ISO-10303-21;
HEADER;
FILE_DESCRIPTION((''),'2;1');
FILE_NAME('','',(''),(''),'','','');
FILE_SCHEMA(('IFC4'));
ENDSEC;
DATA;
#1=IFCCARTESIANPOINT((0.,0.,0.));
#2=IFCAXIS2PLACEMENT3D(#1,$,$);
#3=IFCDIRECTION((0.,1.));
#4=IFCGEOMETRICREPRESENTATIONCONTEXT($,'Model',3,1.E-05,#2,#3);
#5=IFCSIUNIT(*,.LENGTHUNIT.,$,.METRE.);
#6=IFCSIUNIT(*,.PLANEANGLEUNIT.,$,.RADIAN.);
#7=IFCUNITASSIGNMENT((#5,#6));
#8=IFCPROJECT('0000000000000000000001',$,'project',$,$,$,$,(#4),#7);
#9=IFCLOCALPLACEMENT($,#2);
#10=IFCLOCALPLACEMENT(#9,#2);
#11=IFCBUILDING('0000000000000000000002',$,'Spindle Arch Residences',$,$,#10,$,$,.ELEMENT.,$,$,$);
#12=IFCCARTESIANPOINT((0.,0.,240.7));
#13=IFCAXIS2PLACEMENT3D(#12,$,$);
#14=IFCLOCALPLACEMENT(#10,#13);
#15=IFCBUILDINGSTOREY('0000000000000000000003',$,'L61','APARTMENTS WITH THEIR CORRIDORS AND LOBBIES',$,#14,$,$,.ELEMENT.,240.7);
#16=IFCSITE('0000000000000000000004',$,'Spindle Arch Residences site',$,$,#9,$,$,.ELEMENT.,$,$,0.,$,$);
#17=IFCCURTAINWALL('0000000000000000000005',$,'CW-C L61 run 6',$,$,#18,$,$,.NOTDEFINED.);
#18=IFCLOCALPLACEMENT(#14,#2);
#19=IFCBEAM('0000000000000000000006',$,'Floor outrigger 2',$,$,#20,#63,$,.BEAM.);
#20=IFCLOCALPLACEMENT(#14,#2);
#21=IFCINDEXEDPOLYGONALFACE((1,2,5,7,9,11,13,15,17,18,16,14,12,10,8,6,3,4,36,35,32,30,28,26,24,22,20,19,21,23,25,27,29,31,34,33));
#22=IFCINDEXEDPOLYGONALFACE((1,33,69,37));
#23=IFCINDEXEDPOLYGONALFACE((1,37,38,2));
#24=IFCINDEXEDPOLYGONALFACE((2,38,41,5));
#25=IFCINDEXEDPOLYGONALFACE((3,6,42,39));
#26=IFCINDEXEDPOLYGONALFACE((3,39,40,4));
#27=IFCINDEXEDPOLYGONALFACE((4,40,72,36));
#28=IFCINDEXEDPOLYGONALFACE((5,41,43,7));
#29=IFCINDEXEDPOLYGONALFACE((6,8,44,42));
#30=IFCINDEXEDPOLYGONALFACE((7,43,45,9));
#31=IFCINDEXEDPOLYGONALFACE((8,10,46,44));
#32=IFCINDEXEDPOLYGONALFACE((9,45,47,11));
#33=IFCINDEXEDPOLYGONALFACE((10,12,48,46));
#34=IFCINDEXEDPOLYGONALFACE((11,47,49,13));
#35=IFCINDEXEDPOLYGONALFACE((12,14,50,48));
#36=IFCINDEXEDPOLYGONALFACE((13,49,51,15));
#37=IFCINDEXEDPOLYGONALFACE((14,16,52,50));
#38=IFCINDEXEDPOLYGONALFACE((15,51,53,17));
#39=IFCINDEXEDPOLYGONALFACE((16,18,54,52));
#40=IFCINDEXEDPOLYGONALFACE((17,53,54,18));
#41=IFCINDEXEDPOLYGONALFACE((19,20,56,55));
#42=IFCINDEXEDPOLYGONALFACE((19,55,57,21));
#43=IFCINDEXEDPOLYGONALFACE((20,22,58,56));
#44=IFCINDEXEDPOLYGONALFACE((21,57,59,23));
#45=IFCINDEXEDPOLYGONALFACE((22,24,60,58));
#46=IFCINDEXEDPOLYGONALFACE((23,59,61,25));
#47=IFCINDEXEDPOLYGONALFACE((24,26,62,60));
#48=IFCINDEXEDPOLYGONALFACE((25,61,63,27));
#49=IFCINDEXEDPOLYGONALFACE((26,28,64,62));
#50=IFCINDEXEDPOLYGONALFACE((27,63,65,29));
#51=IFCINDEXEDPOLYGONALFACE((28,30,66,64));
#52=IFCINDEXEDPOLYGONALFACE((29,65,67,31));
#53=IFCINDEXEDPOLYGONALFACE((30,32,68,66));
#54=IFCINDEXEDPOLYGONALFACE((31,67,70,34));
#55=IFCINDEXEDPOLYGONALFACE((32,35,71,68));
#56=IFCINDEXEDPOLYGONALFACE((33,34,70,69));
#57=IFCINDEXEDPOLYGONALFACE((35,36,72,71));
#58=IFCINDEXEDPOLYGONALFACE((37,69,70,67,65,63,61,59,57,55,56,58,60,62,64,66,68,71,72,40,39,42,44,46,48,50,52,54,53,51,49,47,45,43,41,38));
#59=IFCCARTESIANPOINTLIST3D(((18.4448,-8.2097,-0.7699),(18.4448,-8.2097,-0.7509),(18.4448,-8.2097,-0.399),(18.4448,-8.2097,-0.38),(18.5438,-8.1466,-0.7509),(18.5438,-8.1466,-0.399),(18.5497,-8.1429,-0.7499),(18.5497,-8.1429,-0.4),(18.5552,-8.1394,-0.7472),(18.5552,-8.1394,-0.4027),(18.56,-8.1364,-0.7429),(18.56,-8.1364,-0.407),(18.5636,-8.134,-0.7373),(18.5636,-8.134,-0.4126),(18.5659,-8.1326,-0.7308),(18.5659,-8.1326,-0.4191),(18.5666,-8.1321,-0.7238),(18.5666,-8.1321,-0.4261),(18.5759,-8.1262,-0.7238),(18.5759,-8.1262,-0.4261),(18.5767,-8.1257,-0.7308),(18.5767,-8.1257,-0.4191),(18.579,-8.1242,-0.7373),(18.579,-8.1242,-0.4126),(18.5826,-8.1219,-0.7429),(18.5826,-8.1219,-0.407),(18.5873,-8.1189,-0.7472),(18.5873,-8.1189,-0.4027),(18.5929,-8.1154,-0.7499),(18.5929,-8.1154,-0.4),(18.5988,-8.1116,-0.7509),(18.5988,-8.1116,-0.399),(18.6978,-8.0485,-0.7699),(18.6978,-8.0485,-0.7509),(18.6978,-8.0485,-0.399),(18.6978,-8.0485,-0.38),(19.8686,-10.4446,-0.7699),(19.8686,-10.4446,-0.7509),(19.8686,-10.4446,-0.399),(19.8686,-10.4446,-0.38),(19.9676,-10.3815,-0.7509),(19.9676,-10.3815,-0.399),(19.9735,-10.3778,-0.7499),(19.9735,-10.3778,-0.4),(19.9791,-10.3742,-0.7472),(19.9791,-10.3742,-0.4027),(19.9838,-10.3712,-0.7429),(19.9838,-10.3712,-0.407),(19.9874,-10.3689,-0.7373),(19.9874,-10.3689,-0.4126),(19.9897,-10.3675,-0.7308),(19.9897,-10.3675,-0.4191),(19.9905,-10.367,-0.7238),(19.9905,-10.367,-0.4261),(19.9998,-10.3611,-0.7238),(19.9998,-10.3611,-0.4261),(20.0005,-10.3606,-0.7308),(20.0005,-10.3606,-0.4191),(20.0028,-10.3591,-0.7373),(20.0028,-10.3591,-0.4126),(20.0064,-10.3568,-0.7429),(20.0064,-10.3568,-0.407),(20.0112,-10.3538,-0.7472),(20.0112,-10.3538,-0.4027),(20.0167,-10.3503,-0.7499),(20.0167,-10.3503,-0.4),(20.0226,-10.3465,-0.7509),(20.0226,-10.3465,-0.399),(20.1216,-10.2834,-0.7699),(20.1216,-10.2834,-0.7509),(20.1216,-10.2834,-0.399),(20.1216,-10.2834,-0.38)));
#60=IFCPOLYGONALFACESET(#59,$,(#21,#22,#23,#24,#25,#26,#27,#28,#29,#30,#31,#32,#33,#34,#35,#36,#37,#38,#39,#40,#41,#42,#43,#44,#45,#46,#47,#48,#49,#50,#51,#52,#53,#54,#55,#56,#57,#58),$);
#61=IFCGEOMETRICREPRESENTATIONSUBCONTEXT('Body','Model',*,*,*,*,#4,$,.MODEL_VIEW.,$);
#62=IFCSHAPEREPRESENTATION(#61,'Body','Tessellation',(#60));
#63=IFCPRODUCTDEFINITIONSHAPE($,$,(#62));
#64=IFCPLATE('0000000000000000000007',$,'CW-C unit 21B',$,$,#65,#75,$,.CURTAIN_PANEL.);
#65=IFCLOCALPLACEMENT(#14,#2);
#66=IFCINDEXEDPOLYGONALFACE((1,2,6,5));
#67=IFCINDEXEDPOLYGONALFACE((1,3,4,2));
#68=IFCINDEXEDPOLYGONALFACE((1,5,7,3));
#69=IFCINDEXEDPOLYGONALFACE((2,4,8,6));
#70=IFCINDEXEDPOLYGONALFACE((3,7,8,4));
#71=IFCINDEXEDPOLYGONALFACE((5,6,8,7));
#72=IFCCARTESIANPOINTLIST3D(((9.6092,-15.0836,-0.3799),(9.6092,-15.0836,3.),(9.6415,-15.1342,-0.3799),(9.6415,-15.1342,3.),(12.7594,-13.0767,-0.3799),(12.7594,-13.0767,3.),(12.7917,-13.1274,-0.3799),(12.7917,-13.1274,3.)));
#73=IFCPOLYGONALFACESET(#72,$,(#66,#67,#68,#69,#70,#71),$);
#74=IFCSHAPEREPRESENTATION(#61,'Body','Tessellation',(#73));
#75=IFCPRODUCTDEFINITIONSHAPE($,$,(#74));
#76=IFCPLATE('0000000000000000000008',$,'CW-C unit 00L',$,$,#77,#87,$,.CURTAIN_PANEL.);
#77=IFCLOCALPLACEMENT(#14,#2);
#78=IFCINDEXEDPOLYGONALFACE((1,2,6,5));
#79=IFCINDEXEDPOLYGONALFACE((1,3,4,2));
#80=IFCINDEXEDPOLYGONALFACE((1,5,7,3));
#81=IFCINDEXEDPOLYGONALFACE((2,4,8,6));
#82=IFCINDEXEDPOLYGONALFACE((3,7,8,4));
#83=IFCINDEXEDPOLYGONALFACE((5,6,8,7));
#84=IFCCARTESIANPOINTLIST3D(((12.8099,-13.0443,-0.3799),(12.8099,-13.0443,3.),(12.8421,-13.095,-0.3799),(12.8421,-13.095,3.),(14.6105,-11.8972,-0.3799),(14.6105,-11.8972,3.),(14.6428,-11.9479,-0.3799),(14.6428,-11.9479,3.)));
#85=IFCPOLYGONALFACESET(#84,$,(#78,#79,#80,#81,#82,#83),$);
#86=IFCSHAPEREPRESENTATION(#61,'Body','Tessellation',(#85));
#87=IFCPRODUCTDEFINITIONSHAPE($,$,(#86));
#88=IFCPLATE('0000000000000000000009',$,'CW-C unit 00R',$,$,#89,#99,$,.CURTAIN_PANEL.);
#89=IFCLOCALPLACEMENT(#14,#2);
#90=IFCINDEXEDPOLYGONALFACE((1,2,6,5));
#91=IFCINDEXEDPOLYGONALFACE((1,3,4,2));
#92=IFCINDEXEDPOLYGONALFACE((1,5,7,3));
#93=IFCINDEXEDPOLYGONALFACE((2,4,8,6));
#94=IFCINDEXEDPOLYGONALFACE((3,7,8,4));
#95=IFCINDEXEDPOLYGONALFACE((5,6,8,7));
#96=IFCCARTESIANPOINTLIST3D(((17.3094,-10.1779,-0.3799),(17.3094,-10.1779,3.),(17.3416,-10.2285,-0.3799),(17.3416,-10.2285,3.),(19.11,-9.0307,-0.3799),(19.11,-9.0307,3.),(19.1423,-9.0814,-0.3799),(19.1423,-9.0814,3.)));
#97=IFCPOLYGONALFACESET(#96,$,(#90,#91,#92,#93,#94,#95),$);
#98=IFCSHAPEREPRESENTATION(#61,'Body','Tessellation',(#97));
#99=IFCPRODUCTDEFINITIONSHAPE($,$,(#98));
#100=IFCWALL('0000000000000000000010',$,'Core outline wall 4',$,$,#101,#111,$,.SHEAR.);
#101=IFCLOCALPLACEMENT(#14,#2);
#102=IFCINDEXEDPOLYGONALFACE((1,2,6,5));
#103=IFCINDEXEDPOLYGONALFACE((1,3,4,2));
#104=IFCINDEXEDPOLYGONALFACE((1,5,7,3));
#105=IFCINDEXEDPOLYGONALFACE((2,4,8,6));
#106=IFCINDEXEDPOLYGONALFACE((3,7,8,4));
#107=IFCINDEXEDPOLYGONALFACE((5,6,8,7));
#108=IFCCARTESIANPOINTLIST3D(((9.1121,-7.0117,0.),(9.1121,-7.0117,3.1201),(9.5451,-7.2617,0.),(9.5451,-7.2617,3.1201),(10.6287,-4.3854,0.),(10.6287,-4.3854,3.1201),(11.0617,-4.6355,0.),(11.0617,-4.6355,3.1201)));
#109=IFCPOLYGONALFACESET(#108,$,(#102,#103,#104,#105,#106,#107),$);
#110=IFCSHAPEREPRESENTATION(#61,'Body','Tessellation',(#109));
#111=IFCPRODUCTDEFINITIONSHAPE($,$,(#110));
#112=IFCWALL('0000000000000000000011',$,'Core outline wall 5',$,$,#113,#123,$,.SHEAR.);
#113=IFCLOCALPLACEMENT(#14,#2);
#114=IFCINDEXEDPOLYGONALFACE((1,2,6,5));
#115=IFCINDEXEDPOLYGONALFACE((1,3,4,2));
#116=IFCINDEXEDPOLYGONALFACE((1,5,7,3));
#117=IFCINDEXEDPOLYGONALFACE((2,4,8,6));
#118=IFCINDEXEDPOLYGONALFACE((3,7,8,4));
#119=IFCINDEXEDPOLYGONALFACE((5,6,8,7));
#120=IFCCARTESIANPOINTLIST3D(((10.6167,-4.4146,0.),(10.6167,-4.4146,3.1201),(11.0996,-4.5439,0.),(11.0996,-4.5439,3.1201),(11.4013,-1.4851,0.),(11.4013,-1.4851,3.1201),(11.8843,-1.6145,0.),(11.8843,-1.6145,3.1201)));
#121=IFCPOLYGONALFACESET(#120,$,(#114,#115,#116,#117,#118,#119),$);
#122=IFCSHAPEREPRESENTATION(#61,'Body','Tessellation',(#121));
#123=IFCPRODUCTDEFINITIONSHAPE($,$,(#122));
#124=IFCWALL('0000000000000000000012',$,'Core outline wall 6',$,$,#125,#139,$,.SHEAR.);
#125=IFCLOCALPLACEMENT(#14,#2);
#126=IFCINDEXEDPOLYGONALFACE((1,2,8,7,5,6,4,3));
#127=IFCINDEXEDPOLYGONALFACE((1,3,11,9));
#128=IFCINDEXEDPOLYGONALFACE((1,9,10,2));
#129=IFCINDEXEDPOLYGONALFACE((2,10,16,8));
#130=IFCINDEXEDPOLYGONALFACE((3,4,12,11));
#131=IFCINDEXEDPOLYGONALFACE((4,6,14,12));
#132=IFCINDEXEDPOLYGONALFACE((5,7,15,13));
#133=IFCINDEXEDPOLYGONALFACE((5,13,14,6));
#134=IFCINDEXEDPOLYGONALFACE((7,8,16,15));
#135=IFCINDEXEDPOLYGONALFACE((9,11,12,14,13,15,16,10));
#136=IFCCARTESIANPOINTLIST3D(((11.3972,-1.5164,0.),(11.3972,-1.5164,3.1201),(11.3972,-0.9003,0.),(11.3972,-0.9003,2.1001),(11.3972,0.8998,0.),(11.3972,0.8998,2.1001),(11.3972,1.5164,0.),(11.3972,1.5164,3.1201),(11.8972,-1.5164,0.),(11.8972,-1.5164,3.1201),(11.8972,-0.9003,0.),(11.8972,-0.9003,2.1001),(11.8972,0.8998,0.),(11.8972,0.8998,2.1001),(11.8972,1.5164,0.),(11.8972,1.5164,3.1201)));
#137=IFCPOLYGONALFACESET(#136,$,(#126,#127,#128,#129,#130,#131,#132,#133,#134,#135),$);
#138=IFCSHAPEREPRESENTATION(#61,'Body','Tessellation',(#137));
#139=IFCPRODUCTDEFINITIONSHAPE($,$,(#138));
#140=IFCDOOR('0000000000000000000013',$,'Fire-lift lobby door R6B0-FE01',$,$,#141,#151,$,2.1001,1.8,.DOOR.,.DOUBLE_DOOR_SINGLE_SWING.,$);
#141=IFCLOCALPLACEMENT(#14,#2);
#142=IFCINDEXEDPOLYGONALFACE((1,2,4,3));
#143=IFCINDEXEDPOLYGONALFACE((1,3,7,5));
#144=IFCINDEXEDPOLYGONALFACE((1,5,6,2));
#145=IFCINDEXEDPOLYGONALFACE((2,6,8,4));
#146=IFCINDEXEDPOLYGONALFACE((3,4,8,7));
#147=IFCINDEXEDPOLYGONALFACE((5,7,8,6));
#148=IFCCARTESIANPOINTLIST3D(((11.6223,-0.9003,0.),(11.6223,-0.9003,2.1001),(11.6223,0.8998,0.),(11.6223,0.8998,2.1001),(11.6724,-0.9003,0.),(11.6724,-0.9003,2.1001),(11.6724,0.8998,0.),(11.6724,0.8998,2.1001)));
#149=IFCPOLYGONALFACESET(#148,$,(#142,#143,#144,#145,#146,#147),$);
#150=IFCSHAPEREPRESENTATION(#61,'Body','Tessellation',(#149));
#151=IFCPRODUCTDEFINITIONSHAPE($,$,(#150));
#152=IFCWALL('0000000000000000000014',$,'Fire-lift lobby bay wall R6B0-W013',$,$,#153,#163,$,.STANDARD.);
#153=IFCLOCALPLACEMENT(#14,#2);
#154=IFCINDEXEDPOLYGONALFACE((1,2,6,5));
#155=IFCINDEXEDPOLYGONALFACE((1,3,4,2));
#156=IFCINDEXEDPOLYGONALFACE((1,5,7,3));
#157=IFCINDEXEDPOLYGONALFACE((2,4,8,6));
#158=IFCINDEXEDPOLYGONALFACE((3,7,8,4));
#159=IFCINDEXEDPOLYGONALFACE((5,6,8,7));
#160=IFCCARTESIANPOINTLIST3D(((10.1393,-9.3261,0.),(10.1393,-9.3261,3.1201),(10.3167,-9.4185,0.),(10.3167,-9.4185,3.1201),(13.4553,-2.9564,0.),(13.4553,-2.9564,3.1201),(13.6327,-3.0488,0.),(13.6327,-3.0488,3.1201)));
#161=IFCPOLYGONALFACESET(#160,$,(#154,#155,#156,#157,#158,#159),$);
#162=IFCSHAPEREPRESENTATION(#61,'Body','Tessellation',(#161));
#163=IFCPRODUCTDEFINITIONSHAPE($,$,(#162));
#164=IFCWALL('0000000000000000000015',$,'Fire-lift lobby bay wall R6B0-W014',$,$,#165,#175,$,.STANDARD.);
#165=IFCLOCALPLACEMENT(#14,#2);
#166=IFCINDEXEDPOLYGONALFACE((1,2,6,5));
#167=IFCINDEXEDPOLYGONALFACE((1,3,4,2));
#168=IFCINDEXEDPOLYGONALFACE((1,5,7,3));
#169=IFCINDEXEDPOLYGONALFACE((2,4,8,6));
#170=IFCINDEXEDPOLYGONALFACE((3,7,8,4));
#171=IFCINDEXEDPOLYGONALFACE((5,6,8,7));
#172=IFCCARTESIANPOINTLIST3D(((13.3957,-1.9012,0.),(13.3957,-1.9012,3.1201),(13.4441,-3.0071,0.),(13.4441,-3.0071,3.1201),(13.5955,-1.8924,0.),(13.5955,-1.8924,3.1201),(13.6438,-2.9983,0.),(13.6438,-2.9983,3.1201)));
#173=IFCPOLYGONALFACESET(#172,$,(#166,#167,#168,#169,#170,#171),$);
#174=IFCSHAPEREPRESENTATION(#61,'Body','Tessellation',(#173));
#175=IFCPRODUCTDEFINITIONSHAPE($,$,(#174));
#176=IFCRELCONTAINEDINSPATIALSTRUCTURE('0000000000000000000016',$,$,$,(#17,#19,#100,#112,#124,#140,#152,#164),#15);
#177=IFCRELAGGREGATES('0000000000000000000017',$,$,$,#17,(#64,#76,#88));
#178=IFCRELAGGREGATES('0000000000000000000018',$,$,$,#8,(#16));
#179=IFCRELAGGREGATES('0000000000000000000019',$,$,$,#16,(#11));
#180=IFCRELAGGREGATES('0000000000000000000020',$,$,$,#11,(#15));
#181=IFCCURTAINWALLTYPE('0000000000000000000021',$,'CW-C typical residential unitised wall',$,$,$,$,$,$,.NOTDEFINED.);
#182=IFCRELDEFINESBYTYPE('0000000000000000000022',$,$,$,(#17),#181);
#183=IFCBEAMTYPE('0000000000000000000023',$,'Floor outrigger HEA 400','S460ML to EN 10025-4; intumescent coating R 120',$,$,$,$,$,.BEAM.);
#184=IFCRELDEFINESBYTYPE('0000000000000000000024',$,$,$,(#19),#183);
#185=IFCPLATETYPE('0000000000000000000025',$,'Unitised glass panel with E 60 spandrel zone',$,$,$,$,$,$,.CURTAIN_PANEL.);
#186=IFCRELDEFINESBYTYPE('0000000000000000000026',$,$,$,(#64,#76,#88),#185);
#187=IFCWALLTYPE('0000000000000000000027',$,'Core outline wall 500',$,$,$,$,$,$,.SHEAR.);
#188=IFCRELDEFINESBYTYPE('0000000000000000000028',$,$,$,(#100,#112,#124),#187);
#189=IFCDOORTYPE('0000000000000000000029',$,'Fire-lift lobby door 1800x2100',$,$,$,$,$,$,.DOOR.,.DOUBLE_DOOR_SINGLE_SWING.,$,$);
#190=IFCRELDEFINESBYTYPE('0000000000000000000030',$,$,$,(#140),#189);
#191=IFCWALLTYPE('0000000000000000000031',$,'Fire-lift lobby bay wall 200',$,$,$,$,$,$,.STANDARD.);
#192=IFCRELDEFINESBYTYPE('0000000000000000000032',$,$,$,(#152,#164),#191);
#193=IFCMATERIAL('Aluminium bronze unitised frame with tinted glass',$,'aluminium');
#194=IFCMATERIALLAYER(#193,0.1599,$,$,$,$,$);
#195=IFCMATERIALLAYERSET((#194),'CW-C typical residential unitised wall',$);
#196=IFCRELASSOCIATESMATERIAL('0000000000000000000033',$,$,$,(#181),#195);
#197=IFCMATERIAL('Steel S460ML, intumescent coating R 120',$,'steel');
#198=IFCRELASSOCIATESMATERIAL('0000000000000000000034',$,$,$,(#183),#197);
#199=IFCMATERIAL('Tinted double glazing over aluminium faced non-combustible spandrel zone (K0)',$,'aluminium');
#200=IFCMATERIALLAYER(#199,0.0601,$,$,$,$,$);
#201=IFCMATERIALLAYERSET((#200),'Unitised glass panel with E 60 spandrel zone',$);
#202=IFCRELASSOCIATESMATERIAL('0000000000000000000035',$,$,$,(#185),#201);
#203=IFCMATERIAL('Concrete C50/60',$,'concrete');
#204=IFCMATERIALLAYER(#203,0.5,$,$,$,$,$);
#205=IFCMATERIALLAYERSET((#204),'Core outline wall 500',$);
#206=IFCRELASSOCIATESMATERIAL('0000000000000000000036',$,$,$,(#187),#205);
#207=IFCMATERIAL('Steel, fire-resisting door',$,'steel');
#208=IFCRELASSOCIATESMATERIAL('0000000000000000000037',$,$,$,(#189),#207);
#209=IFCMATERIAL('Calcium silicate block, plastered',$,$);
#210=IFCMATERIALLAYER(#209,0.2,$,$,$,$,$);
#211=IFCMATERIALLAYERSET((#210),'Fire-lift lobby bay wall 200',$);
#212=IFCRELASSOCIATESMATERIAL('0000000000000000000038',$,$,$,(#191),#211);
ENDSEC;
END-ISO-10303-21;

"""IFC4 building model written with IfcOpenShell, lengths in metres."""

from ifc_helpers import new_model, si_unit, direction, frame, frame_2d, origin, origin_2d, place, context, subcontext, project, spatial, rectangle, i_section, extrude, material, layer, layer_set, material_profile, profile_set, type_object, element, fill, aggregate, save


model = new_model("IFC4")

# Units and contexts
model_context = context("Model", 3, precision=1e-05, world=origin(), true_north=direction((0.0, 1.0)))
body_context = subcontext(model_context, "Body", "Model", "MODEL_VIEW")
ifc_project = project(units=[si_unit("LENGTHUNIT", "METRE"), si_unit("PLANEANGLEUNIT", "RADIAN")], contexts=[model_context])

# Site, building, storey
site_placement = place(None, origin())
site = spatial("IfcSite", under=ifc_project, at=site_placement, Name="Spindle Arch Residences site", CompositionType="ELEMENT", RefElevation=0.0)
building_placement = place(site_placement, origin())
building = spatial("IfcBuilding", under=site, at=building_placement, Name="Spindle Arch Residences", CompositionType="ELEMENT")
storey_placement = place(building_placement, frame((0.0, 0.0, 240.7)))
storey = spatial("IfcBuildingStorey", under=building, at=storey_placement, Name="L61", Description="APARTMENTS WITH THEIR CORRIDORS AND LOBBIES", CompositionType="ELEMENT", Elevation=240.7)

# Curtain wall
ifc_material_1 = material(Name="Aluminium bronze unitised frame with tinted glass", Category="aluminium")
ifc_layer_1 = layer(ifc_material_1, 0.1599)
ifc_layer_set_1 = layer_set([ifc_layer_1], Name="CW-C typical residential unitised wall")
curtain_wall_type_1 = type_object("IfcCurtainWallType", Name="CW-C typical residential unitised wall", PredefinedType="NOTDEFINED", material=ifc_layer_set_1)
curtain_wall_1_placement = place(storey_placement, origin())
curtain_wall_1 = element("IfcCurtainWall", 1, at=curtain_wall_1_placement, inside=storey, type_object=curtain_wall_type_1, Name="CW-C L61 run 6", PredefinedType="NOTDEFINED")

# Beam
ifc_material_2 = material(Name="Steel S460ML, intumescent coating R 120", Category="steel")
ifc_material_profile_1 = material_profile(ifc_material_2, i_section(OverallWidth=0.3, OverallDepth=0.3899, WebThickness=0.011, FlangeThickness=0.019, FilletRadius=0.0271, at=origin_2d()), Name="HEA 400")
ifc_profile_set_1 = profile_set([ifc_material_profile_1], Name="Steel S460ML, intumescent coating R 120")
beam_type_1 = type_object("IfcBeamType", Name="Floor outrigger HEA 400", Description="S460ML to EN 10025-4; intumescent coating R 120", PredefinedType="BEAM", material=ifc_profile_set_1)
for number, where, z_axis, x_axis, name in (
    (2, (19.9951, -10.364, -0.575), (-0.537317, 0.843381, 0.0), (-0.843381, -0.537317, 0.0), "Floor outrigger 2"),
):
    element("IfcBeam", number, at=place(storey_placement, frame(where, z_axis=z_axis, x_axis=x_axis)), inside=storey, type_object=beam_type_1, Name=name, PredefinedType="BEAM", context=body_context, shape_type="SweptSolid", body=[
        extrude(i_section(OverallWidth=0.3, OverallDepth=0.3899, WebThickness=0.011, FlangeThickness=0.019, FilletRadius=0.0271, at=origin_2d()), origin(), (0.0, 0.0, 1.0), 2.6499),
    ])

# Plates
ifc_material_3 = material(Name="Tinted double glazing over aluminium faced non-combustible spandrel zone (K0)", Category="aluminium")
ifc_layer_2 = layer(ifc_material_3, 0.0601)
ifc_layer_set_2 = layer_set([ifc_layer_2], Name="Unitised glass panel with E 60 spandrel zone")
plate_type = type_object("IfcPlateType", Name="Unitised glass panel with E 60 spandrel zone", PredefinedType="CURTAIN_PANEL", material=ifc_layer_set_2)
plate_1_placement = place(storey_placement, frame((11.2004, -14.1055, -0.3799), z_axis=(0.0, 0.0, 1.0), x_axis=(0.843391, 0.5373, 0.0)))
plate_1 = element("IfcPlate", 3, at=plate_1_placement, type_object=plate_type, Name="CW-C unit 21B", PredefinedType="CURTAIN_PANEL", context=body_context, shape_type="SweptSolid", body=[
    extrude(rectangle(XDim=3.7351, YDim=0.0601, at=origin_2d()), origin(), (0.0, 0.0, 1.0), 3.3799),
])
plate_2_placement = place(storey_placement, frame((13.7263, -12.4961, -0.3799), z_axis=(0.0, 0.0, 1.0), x_axis=(0.843391, 0.5373, 0.0)))
plate_2 = element("IfcPlate", 4, at=plate_2_placement, type_object=plate_type, Name="CW-C unit 00L", PredefinedType="CURTAIN_PANEL", context=body_context, shape_type="SweptSolid", body=[
    extrude(rectangle(XDim=2.135, YDim=0.0601, at=origin_2d()), origin(), (0.0, 0.0, 1.0), 3.3799),
])
plate_3_placement = place(storey_placement, frame((18.2258, -9.6296, -0.3799), z_axis=(0.0, 0.0, 1.0), x_axis=(0.843391, 0.5373, 0.0)))
plate_3 = element("IfcPlate", 5, at=plate_3_placement, type_object=plate_type, Name="CW-C unit 00R", PredefinedType="CURTAIN_PANEL", context=body_context, shape_type="SweptSolid", body=[
    extrude(rectangle(XDim=2.135, YDim=0.0601, at=origin_2d()), origin(), (0.0, 0.0, 1.0), 3.3799),
])
aggregate(curtain_wall_1, [plate_1, plate_2, plate_3])

# Walls
ifc_material_4 = material(Name="Concrete C50/60", Category="concrete")
ifc_layer_3 = layer(ifc_material_4, 0.5)
ifc_layer_set_3 = layer_set([ifc_layer_3], Name="Core outline wall 500")
wall_type_1 = type_object("IfcWallType", Name="Core outline wall 500", PredefinedType="SHEAR", material=ifc_layer_set_3)
for number, where, z_axis, x_axis, name in (
    (6, (9.3286, -7.1367, 0.0), (0.0, 0.0, 1.0), (0.500087, 0.865975, 0.0), "Core outline wall 4"),
    (7, (10.8582, -4.4792, 0.0), (0.0, 0.0, 1.0), (0.258735, 0.965948, 0.0), "Core outline wall 5"),
):
    element("IfcWall", number, at=place(storey_placement, frame(where, z_axis=z_axis, x_axis=x_axis)), inside=storey, type_object=wall_type_1, Name=name, PredefinedType="SHEAR", context=body_context, shape_type="SweptSolid", body=[
        extrude(rectangle(XDim=3.0327, YDim=0.5, at=frame_2d((1.5164, 0.0))), origin(), (0.0, 0.0, 1.0), 3.1201),
    ])

# Wall, opening, door
wall_1_placement = place(storey_placement, frame((11.6472, -1.5164, 0.0), z_axis=(0.0, 0.0, 1.0), x_axis=(0.0, 1.0, 0.0)))
wall_1 = element("IfcWall", 8, at=wall_1_placement, inside=storey, type_object=wall_type_1, Name="Core outline wall 6", PredefinedType="SHEAR", context=body_context, shape_type="SweptSolid", body=[
    extrude(rectangle(XDim=3.0327, YDim=0.5, at=frame_2d((1.5164, 0.0))), origin(), (0.0, 0.0, 1.0), 3.1201),
])
opening_1_placement = place(wall_1_placement, frame((0.6162, 0.0, 0.0)))
opening_1 = element("IfcOpeningElement", 9, at=opening_1_placement, cuts=wall_1, PredefinedType="OPENING", context=body_context, shape_type="SweptSolid", body=[
    extrude(rectangle(XDim=1.8, YDim=2.1001, at=frame_2d((0.8999, 1.05))), frame((0.0, 0.26, 0.0), z_axis=(0.0, -1.0, 0.0), x_axis=(1.0, 0.0, 0.0)), (0.0, 0.0, 1.0), 0.52),
])
ifc_material_5 = material(Name="Steel, fire-resisting door", Category="steel")
door_type_1 = type_object("IfcDoorType", Name="Fire-lift lobby door 1800x2100", OperationType="DOUBLE_DOOR_SINGLE_SWING", PredefinedType="DOOR", material=ifc_material_5)
door_1_placement = place(opening_1_placement, origin())
door_1 = element("IfcDoor", 10, at=door_1_placement, inside=storey, type_object=door_type_1, Name="Fire-lift lobby door R6B0-FE01", OperationType="DOUBLE_DOOR_SINGLE_SWING", OverallHeight=2.1001, OverallWidth=1.8, PredefinedType="DOOR", context=body_context, shape_type="SweptSolid", body=[
    extrude(rectangle(XDim=1.8, YDim=2.1001, at=frame_2d((0.8999, 1.05))), frame((0.0, 0.0249, 0.0), z_axis=(0.0, -1.0, 0.0), x_axis=(1.0, 0.0, 0.0)), (0.0, 0.0, 1.0), 0.05),
])
fill(opening_1, door_1)

# Walls
ifc_material_6 = material(Name="Calcium silicate block, plastered")
ifc_layer_4 = layer(ifc_material_6, 0.2)
ifc_layer_set_4 = layer_set([ifc_layer_4], Name="Fire-lift lobby bay wall 200")
wall_type_2 = type_object("IfcWallType", Name="Fire-lift lobby bay wall 200", PredefinedType="STANDARD", material=ifc_layer_set_4)
wall_2_placement = place(storey_placement, frame((10.228, -9.3723, 0.0), z_axis=(0.0, 0.0, 1.0), x_axis=(0.461759, 0.887005, 0.0)))
element("IfcWall", 11, at=wall_2_placement, inside=storey, type_object=wall_type_2, Name="Fire-lift lobby bay wall R6B0-W013", PredefinedType="STANDARD", context=body_context, shape_type="SweptSolid", body=[
    extrude(rectangle(XDim=7.1812, YDim=0.2, at=frame_2d((3.5906, 0.0))), origin(), (0.0, 0.0, 1.0), 3.1201),
])
wall_3_placement = place(storey_placement, frame((13.5439, -3.0027, 0.0), z_axis=(0.0, 0.0, 1.0), x_axis=(-0.043667, 0.999046, 0.0)))
element("IfcWall", 12, at=wall_3_placement, inside=storey, type_object=wall_type_2, Name="Fire-lift lobby bay wall R6B0-W014", PredefinedType="STANDARD", context=body_context, shape_type="SweptSolid", body=[
    extrude(rectangle(XDim=1.1069, YDim=0.2, at=frame_2d((0.5535, 0.0))), origin(), (0.0, 0.0, 1.0), 3.1201),
])

save(model, "model.ifc")
